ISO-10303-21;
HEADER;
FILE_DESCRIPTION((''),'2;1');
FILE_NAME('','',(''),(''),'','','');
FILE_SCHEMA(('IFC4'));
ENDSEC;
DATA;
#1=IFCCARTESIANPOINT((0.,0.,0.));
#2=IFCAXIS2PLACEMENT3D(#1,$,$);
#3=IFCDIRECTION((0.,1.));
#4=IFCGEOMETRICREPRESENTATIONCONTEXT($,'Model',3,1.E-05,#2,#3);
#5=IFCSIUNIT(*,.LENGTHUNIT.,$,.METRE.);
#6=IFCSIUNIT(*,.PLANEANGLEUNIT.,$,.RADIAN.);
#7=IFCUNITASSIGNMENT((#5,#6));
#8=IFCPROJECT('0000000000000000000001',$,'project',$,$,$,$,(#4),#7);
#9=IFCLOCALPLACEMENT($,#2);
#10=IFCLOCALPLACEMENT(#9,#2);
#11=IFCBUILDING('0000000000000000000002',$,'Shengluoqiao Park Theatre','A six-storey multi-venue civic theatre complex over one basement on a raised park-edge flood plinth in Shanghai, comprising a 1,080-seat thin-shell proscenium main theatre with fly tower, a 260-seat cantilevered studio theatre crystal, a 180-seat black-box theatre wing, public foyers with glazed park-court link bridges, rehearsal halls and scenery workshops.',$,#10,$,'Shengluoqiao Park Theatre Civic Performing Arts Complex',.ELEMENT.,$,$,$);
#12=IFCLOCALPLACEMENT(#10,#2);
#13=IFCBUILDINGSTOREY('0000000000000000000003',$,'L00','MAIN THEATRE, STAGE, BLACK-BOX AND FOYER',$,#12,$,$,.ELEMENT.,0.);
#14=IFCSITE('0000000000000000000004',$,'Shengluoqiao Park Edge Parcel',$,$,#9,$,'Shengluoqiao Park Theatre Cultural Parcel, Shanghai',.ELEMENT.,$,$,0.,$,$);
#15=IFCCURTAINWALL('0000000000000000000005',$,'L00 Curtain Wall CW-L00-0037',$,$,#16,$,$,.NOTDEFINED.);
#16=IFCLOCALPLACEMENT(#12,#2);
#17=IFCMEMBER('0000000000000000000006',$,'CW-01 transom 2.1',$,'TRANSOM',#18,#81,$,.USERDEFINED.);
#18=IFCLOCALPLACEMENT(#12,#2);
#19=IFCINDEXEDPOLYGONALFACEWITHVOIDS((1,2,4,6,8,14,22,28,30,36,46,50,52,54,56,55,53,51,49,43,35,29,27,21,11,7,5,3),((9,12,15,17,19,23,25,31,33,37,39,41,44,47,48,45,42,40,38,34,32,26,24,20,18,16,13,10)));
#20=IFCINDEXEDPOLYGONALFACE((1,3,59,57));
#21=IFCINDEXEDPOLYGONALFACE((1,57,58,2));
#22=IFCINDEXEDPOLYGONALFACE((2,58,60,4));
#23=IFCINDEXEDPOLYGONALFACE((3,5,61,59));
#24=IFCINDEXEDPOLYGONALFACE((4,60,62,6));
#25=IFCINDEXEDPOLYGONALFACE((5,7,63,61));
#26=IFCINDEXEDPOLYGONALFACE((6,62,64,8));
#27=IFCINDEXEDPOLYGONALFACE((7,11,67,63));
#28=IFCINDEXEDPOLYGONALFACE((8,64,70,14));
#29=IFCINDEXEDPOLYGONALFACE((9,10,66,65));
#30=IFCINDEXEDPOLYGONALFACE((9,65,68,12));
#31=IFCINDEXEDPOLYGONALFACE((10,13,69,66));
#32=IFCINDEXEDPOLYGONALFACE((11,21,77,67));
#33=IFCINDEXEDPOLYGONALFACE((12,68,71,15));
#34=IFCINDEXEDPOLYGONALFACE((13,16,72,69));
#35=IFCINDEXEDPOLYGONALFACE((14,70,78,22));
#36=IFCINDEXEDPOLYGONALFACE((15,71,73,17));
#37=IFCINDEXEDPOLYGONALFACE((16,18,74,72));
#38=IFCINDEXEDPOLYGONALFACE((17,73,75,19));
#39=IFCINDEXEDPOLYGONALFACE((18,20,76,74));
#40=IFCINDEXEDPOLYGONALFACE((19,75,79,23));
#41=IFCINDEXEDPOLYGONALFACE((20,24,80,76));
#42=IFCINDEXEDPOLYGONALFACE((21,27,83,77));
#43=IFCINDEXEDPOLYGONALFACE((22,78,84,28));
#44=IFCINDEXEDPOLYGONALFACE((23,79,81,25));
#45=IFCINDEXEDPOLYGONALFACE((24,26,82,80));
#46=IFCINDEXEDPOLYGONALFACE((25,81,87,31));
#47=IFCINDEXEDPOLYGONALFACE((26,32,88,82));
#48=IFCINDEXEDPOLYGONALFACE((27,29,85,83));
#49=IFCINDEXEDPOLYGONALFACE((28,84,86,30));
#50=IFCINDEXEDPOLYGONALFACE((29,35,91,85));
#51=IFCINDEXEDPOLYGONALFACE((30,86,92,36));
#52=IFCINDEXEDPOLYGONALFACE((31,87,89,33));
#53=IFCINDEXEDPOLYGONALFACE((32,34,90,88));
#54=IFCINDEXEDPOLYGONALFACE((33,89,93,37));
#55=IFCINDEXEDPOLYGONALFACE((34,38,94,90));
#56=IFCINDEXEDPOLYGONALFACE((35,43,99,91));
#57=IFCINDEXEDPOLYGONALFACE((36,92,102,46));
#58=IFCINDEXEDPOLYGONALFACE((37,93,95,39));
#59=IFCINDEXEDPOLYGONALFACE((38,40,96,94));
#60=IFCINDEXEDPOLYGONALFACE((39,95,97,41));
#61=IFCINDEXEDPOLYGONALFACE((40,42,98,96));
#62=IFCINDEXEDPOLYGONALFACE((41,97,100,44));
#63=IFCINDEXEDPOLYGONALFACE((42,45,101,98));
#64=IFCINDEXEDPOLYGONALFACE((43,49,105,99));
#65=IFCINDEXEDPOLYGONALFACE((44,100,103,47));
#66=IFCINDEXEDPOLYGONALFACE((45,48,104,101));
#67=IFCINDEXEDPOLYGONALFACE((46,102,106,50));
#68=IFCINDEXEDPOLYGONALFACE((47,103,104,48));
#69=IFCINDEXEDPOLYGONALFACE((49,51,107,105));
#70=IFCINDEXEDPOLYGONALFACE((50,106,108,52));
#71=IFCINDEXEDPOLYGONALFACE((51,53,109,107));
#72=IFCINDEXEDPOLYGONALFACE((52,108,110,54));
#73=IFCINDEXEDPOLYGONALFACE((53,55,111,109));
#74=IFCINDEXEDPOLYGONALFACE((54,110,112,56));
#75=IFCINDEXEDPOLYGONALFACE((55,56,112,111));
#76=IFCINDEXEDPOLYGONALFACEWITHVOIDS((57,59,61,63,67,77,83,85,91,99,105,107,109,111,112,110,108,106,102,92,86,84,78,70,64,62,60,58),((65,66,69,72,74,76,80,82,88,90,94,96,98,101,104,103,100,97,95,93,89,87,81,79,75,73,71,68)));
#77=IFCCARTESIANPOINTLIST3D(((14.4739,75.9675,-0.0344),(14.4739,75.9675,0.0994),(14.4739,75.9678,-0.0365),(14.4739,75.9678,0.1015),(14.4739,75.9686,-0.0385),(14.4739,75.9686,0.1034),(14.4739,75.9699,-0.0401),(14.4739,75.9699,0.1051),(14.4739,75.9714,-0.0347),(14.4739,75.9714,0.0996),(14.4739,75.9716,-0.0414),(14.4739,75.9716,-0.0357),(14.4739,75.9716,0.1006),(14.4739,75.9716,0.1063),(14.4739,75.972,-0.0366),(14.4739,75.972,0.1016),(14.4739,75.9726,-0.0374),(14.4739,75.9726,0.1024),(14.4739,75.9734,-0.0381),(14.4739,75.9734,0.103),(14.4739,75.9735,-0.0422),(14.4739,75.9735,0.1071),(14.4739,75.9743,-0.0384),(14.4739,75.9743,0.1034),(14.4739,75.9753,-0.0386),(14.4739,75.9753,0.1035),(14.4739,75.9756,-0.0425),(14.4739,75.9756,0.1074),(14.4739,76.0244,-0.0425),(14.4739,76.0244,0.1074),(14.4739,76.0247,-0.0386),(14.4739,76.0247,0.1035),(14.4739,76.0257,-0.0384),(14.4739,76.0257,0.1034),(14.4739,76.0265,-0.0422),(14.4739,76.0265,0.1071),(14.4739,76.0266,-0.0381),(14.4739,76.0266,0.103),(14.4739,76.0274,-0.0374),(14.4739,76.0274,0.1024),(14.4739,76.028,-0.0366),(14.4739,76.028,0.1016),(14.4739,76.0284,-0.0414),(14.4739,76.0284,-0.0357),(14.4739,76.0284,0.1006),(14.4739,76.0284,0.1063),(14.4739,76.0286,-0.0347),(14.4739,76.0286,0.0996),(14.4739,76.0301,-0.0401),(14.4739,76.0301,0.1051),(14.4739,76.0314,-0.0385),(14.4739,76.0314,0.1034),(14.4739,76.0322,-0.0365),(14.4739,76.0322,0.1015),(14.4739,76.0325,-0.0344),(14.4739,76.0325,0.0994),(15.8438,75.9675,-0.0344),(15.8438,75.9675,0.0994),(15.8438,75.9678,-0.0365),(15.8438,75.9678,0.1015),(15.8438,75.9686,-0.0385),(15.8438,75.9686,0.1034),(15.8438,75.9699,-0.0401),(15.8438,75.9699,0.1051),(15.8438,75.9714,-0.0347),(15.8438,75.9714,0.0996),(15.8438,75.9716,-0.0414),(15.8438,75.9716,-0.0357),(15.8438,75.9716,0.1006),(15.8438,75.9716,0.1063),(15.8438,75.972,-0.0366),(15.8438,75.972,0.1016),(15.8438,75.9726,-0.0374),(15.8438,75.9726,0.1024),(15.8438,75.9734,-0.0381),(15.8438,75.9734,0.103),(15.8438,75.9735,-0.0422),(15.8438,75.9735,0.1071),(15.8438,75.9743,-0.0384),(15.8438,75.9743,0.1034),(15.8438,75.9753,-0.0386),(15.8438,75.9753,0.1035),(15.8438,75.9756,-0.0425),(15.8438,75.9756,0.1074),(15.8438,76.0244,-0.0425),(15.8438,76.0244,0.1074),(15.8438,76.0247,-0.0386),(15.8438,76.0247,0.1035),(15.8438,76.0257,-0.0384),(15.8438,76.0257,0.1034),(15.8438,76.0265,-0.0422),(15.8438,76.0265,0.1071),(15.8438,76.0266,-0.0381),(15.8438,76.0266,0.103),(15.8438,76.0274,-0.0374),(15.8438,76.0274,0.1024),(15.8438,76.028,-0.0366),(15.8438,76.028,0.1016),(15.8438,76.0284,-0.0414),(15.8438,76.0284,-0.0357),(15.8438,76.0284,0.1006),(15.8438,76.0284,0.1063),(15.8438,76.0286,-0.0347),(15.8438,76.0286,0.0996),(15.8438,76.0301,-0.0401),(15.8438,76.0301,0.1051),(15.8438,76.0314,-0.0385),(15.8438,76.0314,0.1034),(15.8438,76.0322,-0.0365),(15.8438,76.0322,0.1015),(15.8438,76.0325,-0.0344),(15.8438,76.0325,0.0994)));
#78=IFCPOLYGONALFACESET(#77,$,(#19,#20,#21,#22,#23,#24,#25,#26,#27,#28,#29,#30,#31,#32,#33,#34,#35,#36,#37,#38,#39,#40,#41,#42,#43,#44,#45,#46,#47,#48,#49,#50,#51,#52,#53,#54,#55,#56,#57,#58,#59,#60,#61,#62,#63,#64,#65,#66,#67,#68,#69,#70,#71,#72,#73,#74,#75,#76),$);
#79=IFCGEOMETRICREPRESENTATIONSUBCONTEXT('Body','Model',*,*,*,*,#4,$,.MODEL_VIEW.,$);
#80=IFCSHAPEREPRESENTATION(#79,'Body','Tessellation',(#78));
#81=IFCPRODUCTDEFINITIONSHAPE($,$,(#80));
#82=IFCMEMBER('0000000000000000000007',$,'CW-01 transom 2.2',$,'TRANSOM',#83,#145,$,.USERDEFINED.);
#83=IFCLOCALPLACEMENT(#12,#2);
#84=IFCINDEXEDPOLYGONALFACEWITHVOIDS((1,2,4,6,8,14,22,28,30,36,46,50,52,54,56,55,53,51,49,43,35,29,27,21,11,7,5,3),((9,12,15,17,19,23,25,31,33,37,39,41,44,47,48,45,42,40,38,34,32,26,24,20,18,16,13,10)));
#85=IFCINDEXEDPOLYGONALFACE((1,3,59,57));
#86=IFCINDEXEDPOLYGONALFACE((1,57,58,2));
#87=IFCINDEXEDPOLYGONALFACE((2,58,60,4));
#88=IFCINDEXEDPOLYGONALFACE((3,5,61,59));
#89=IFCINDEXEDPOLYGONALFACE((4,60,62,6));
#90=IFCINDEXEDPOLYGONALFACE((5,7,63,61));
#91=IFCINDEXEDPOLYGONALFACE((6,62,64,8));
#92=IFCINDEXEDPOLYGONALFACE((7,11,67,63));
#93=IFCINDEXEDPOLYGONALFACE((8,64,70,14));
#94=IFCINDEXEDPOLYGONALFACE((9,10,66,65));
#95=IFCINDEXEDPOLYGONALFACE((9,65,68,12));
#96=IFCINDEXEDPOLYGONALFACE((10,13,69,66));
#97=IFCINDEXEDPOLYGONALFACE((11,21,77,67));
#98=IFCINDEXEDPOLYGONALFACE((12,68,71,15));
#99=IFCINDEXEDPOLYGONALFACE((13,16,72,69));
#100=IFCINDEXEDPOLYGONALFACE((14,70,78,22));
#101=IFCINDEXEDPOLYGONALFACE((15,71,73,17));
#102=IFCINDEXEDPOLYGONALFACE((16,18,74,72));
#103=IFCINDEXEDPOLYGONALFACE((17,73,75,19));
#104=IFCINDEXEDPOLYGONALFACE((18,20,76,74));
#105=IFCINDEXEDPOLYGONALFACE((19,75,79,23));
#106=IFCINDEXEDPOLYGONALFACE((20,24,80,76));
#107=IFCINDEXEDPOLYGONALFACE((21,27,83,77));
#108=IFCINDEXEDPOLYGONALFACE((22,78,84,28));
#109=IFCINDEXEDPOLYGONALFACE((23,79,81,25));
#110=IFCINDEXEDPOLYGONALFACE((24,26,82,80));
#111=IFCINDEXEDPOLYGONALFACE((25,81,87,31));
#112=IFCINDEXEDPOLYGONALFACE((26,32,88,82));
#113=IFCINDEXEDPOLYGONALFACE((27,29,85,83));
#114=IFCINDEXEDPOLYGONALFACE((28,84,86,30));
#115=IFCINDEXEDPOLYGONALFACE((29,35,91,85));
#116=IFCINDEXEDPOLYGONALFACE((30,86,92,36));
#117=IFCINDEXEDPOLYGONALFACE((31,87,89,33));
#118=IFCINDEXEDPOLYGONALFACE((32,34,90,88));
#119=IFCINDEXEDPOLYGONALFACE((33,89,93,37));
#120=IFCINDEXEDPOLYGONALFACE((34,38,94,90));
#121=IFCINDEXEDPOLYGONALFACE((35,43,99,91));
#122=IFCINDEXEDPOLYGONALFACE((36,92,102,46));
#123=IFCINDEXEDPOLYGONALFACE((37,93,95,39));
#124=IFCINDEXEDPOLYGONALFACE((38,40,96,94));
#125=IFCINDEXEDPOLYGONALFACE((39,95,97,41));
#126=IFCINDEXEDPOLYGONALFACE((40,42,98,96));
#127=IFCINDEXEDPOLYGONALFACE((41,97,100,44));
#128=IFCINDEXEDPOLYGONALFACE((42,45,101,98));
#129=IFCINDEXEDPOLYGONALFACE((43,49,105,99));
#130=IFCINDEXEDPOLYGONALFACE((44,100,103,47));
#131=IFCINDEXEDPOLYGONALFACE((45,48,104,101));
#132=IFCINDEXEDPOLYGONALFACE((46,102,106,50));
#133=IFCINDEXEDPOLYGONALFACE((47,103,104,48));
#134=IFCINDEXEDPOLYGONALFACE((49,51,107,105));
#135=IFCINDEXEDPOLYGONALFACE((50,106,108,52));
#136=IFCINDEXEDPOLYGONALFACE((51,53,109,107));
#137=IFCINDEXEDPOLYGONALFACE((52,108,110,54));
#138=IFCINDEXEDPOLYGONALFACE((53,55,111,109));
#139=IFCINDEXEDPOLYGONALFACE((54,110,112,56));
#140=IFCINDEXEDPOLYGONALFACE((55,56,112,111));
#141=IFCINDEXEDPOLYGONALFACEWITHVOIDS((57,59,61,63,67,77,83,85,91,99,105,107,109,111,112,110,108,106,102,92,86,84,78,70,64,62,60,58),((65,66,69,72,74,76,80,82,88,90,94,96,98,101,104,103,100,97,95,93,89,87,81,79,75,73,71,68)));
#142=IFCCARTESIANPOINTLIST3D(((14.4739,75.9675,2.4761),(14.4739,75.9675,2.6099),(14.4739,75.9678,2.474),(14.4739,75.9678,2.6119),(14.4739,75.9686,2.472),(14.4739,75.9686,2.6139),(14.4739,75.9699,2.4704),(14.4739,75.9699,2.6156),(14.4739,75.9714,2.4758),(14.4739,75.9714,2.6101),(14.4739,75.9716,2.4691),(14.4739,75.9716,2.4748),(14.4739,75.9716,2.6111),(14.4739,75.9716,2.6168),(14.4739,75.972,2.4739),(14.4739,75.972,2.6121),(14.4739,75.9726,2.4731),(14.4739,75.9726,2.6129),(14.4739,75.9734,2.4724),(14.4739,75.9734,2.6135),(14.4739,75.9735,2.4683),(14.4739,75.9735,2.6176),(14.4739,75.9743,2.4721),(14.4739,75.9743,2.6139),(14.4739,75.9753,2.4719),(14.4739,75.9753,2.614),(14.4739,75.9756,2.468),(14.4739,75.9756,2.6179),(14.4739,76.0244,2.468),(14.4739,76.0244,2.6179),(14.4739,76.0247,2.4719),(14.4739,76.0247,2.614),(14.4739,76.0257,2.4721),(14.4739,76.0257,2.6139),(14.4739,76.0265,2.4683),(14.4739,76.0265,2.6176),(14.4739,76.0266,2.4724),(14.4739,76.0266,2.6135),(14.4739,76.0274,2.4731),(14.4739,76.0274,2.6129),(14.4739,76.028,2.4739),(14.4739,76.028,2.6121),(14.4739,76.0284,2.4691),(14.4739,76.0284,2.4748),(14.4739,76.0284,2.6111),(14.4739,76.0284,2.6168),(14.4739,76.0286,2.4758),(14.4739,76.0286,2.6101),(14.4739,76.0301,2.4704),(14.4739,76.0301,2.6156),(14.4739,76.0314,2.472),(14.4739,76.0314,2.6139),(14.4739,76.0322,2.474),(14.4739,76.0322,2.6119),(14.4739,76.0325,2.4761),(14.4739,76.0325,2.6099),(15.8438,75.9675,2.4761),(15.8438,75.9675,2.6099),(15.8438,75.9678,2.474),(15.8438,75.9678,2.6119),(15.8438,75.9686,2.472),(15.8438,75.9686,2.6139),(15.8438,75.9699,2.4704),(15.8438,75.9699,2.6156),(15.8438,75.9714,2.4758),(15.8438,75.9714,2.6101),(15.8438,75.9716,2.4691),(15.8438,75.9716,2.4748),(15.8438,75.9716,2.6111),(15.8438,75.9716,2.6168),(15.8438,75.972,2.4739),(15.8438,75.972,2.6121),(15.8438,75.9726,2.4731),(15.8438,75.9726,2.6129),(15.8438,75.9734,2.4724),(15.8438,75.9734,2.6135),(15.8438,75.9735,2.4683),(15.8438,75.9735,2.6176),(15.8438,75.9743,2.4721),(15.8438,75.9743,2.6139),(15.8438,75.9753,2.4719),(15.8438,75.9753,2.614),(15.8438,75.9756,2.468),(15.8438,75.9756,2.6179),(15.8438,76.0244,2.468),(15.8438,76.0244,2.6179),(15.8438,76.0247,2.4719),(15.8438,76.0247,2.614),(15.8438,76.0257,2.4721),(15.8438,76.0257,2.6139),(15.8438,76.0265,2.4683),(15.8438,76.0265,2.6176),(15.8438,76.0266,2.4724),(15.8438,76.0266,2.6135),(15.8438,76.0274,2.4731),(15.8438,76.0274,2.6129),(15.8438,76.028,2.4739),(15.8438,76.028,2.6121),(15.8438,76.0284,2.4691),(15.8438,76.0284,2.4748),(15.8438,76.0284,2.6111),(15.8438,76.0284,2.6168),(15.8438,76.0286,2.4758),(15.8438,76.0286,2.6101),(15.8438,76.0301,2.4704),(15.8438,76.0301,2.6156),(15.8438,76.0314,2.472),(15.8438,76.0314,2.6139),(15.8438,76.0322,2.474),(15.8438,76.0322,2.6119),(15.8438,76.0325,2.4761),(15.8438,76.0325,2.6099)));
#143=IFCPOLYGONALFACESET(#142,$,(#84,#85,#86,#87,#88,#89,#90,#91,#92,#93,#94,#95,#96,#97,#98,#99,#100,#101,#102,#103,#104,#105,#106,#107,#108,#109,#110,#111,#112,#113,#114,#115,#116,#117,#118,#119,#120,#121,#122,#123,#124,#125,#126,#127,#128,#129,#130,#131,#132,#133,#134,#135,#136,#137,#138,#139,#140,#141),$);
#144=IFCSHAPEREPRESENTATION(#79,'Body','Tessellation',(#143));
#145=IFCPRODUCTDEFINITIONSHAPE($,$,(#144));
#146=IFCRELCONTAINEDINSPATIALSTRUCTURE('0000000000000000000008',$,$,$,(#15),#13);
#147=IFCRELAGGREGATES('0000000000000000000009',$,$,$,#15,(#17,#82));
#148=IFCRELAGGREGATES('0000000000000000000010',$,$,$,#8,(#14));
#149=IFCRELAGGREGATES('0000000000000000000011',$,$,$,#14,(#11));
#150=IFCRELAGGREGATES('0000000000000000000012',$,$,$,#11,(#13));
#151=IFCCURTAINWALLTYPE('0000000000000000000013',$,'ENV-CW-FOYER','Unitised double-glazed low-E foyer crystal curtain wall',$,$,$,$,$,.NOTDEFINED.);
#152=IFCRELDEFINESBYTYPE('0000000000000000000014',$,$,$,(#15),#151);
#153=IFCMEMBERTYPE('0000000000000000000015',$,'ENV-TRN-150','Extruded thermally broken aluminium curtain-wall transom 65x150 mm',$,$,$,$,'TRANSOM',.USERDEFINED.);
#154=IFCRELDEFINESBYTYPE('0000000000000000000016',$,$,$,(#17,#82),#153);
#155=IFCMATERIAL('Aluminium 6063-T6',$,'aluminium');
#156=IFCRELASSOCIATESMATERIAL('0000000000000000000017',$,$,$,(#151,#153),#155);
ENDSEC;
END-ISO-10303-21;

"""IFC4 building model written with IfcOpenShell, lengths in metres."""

from ifc_helpers import new_model, si_unit, direction, frame, origin, origin_2d, place, context, subcontext, project, spatial, hollow_rectangle, extrude, material, material_profile, profile_set, type_object, element, aggregate, save


model = new_model("IFC4")

# Units and contexts
model_context = context("Model", 3, precision=1e-05, world=origin(), true_north=direction((0.0, 1.0)))
body_context = subcontext(model_context, "Body", "Model", "MODEL_VIEW")
ifc_project = project(units=[si_unit("LENGTHUNIT", "METRE"), si_unit("PLANEANGLEUNIT", "RADIAN")], contexts=[model_context])

# Site, building, storey
site_placement = place(None, origin())
site = spatial("IfcSite", under=ifc_project, at=site_placement, Name="Shengluoqiao Park Edge Parcel", LongName="Shengluoqiao Park Theatre Cultural Parcel, Shanghai", CompositionType="ELEMENT", RefElevation=0.0)
building_placement = place(site_placement, origin())
building = spatial("IfcBuilding", under=site, at=building_placement, Name="Shengluoqiao Park Theatre", Description="A six-storey multi-venue civic theatre complex over one basement on a raised park-edge flood plinth in Shanghai, comprising a 1,080-seat thin-shell proscenium main theatre with fly tower, a 260-seat cantilevered studio theatre crystal, a 180-seat black-box theatre wing, public foyers with glazed park-court link bridges, rehearsal halls and scenery workshops.", LongName="Shengluoqiao Park Theatre Civic Performing Arts Complex", CompositionType="ELEMENT")
storey_placement = place(building_placement, origin())
storey = spatial("IfcBuildingStorey", under=building, at=storey_placement, Name="L00", Description="MAIN THEATRE, STAGE, BLACK-BOX AND FOYER", CompositionType="ELEMENT", Elevation=0.0)

# Curtain wall
ifc_material_1 = material(Name="Aluminium 6063-T6", Category="aluminium")
curtain_wall_type = type_object("IfcCurtainWallType", Name="ENV-CW-FOYER", Description="Unitised double-glazed low-E foyer crystal curtain wall", PredefinedType="NOTDEFINED", material=ifc_material_1)
curtain_wall_1_placement = place(storey_placement, origin())
curtain_wall_1 = element("IfcCurtainWall", 1, at=curtain_wall_1_placement, inside=storey, type_object=curtain_wall_type, Name="L00 Curtain Wall CW-L00-0037", PredefinedType="NOTDEFINED")

# Members
ifc_material_profile_1 = material_profile(ifc_material_1, hollow_rectangle(XDim=0.0649, YDim=0.1499, WallThickness=0.0039, InnerFilletRadius=0.0039, OuterFilletRadius=0.0081, at=origin_2d()), Name="ALU TRANSOM 150x65x4")
ifc_profile_set_1 = profile_set([ifc_material_profile_1], Name="Aluminium 6063-T6")
member_type_1 = type_object("IfcMemberType", Name="ENV-TRN-150", Description="Extruded thermally broken aluminium curtain-wall transom 65x150 mm", ElementType="TRANSOM", PredefinedType="USERDEFINED", material=ifc_profile_set_1)
member_1_placement = place(storey_placement, frame((14.4739, 76.0, 0.0325), z_axis=(1.0, 0.0, 0.0), x_axis=(0.0, 1.0, 0.0)))
member_1 = element("IfcMember", 2, at=member_1_placement, type_object=member_type_1, Name="CW-01 transom 2.1", ObjectType="TRANSOM", PredefinedType="USERDEFINED", context=body_context, shape_type="SweptSolid", body=[
    extrude(hollow_rectangle(XDim=0.0649, YDim=0.1499, WallThickness=0.0039, InnerFilletRadius=0.0039, OuterFilletRadius=0.0081, at=origin_2d()), origin(), (0.0, 0.0, 1.0), 1.3699),
])
member_2_placement = place(storey_placement, frame((14.4739, 76.0, 2.543), z_axis=(1.0, 0.0, 0.0), x_axis=(0.0, 1.0, 0.0)))
member_2 = element("IfcMember", 3, at=member_2_placement, type_object=member_type_1, Name="CW-01 transom 2.2", ObjectType="TRANSOM", PredefinedType="USERDEFINED", context=body_context, shape_type="SweptSolid", body=[
    extrude(hollow_rectangle(XDim=0.0649, YDim=0.1499, WallThickness=0.0039, InnerFilletRadius=0.0039, OuterFilletRadius=0.0081, at=origin_2d()), origin(), (0.0, 0.0, 1.0), 1.3699),
])

aggregate(curtain_wall_1, [member_1, member_2])

save(model, "model.ifc")
